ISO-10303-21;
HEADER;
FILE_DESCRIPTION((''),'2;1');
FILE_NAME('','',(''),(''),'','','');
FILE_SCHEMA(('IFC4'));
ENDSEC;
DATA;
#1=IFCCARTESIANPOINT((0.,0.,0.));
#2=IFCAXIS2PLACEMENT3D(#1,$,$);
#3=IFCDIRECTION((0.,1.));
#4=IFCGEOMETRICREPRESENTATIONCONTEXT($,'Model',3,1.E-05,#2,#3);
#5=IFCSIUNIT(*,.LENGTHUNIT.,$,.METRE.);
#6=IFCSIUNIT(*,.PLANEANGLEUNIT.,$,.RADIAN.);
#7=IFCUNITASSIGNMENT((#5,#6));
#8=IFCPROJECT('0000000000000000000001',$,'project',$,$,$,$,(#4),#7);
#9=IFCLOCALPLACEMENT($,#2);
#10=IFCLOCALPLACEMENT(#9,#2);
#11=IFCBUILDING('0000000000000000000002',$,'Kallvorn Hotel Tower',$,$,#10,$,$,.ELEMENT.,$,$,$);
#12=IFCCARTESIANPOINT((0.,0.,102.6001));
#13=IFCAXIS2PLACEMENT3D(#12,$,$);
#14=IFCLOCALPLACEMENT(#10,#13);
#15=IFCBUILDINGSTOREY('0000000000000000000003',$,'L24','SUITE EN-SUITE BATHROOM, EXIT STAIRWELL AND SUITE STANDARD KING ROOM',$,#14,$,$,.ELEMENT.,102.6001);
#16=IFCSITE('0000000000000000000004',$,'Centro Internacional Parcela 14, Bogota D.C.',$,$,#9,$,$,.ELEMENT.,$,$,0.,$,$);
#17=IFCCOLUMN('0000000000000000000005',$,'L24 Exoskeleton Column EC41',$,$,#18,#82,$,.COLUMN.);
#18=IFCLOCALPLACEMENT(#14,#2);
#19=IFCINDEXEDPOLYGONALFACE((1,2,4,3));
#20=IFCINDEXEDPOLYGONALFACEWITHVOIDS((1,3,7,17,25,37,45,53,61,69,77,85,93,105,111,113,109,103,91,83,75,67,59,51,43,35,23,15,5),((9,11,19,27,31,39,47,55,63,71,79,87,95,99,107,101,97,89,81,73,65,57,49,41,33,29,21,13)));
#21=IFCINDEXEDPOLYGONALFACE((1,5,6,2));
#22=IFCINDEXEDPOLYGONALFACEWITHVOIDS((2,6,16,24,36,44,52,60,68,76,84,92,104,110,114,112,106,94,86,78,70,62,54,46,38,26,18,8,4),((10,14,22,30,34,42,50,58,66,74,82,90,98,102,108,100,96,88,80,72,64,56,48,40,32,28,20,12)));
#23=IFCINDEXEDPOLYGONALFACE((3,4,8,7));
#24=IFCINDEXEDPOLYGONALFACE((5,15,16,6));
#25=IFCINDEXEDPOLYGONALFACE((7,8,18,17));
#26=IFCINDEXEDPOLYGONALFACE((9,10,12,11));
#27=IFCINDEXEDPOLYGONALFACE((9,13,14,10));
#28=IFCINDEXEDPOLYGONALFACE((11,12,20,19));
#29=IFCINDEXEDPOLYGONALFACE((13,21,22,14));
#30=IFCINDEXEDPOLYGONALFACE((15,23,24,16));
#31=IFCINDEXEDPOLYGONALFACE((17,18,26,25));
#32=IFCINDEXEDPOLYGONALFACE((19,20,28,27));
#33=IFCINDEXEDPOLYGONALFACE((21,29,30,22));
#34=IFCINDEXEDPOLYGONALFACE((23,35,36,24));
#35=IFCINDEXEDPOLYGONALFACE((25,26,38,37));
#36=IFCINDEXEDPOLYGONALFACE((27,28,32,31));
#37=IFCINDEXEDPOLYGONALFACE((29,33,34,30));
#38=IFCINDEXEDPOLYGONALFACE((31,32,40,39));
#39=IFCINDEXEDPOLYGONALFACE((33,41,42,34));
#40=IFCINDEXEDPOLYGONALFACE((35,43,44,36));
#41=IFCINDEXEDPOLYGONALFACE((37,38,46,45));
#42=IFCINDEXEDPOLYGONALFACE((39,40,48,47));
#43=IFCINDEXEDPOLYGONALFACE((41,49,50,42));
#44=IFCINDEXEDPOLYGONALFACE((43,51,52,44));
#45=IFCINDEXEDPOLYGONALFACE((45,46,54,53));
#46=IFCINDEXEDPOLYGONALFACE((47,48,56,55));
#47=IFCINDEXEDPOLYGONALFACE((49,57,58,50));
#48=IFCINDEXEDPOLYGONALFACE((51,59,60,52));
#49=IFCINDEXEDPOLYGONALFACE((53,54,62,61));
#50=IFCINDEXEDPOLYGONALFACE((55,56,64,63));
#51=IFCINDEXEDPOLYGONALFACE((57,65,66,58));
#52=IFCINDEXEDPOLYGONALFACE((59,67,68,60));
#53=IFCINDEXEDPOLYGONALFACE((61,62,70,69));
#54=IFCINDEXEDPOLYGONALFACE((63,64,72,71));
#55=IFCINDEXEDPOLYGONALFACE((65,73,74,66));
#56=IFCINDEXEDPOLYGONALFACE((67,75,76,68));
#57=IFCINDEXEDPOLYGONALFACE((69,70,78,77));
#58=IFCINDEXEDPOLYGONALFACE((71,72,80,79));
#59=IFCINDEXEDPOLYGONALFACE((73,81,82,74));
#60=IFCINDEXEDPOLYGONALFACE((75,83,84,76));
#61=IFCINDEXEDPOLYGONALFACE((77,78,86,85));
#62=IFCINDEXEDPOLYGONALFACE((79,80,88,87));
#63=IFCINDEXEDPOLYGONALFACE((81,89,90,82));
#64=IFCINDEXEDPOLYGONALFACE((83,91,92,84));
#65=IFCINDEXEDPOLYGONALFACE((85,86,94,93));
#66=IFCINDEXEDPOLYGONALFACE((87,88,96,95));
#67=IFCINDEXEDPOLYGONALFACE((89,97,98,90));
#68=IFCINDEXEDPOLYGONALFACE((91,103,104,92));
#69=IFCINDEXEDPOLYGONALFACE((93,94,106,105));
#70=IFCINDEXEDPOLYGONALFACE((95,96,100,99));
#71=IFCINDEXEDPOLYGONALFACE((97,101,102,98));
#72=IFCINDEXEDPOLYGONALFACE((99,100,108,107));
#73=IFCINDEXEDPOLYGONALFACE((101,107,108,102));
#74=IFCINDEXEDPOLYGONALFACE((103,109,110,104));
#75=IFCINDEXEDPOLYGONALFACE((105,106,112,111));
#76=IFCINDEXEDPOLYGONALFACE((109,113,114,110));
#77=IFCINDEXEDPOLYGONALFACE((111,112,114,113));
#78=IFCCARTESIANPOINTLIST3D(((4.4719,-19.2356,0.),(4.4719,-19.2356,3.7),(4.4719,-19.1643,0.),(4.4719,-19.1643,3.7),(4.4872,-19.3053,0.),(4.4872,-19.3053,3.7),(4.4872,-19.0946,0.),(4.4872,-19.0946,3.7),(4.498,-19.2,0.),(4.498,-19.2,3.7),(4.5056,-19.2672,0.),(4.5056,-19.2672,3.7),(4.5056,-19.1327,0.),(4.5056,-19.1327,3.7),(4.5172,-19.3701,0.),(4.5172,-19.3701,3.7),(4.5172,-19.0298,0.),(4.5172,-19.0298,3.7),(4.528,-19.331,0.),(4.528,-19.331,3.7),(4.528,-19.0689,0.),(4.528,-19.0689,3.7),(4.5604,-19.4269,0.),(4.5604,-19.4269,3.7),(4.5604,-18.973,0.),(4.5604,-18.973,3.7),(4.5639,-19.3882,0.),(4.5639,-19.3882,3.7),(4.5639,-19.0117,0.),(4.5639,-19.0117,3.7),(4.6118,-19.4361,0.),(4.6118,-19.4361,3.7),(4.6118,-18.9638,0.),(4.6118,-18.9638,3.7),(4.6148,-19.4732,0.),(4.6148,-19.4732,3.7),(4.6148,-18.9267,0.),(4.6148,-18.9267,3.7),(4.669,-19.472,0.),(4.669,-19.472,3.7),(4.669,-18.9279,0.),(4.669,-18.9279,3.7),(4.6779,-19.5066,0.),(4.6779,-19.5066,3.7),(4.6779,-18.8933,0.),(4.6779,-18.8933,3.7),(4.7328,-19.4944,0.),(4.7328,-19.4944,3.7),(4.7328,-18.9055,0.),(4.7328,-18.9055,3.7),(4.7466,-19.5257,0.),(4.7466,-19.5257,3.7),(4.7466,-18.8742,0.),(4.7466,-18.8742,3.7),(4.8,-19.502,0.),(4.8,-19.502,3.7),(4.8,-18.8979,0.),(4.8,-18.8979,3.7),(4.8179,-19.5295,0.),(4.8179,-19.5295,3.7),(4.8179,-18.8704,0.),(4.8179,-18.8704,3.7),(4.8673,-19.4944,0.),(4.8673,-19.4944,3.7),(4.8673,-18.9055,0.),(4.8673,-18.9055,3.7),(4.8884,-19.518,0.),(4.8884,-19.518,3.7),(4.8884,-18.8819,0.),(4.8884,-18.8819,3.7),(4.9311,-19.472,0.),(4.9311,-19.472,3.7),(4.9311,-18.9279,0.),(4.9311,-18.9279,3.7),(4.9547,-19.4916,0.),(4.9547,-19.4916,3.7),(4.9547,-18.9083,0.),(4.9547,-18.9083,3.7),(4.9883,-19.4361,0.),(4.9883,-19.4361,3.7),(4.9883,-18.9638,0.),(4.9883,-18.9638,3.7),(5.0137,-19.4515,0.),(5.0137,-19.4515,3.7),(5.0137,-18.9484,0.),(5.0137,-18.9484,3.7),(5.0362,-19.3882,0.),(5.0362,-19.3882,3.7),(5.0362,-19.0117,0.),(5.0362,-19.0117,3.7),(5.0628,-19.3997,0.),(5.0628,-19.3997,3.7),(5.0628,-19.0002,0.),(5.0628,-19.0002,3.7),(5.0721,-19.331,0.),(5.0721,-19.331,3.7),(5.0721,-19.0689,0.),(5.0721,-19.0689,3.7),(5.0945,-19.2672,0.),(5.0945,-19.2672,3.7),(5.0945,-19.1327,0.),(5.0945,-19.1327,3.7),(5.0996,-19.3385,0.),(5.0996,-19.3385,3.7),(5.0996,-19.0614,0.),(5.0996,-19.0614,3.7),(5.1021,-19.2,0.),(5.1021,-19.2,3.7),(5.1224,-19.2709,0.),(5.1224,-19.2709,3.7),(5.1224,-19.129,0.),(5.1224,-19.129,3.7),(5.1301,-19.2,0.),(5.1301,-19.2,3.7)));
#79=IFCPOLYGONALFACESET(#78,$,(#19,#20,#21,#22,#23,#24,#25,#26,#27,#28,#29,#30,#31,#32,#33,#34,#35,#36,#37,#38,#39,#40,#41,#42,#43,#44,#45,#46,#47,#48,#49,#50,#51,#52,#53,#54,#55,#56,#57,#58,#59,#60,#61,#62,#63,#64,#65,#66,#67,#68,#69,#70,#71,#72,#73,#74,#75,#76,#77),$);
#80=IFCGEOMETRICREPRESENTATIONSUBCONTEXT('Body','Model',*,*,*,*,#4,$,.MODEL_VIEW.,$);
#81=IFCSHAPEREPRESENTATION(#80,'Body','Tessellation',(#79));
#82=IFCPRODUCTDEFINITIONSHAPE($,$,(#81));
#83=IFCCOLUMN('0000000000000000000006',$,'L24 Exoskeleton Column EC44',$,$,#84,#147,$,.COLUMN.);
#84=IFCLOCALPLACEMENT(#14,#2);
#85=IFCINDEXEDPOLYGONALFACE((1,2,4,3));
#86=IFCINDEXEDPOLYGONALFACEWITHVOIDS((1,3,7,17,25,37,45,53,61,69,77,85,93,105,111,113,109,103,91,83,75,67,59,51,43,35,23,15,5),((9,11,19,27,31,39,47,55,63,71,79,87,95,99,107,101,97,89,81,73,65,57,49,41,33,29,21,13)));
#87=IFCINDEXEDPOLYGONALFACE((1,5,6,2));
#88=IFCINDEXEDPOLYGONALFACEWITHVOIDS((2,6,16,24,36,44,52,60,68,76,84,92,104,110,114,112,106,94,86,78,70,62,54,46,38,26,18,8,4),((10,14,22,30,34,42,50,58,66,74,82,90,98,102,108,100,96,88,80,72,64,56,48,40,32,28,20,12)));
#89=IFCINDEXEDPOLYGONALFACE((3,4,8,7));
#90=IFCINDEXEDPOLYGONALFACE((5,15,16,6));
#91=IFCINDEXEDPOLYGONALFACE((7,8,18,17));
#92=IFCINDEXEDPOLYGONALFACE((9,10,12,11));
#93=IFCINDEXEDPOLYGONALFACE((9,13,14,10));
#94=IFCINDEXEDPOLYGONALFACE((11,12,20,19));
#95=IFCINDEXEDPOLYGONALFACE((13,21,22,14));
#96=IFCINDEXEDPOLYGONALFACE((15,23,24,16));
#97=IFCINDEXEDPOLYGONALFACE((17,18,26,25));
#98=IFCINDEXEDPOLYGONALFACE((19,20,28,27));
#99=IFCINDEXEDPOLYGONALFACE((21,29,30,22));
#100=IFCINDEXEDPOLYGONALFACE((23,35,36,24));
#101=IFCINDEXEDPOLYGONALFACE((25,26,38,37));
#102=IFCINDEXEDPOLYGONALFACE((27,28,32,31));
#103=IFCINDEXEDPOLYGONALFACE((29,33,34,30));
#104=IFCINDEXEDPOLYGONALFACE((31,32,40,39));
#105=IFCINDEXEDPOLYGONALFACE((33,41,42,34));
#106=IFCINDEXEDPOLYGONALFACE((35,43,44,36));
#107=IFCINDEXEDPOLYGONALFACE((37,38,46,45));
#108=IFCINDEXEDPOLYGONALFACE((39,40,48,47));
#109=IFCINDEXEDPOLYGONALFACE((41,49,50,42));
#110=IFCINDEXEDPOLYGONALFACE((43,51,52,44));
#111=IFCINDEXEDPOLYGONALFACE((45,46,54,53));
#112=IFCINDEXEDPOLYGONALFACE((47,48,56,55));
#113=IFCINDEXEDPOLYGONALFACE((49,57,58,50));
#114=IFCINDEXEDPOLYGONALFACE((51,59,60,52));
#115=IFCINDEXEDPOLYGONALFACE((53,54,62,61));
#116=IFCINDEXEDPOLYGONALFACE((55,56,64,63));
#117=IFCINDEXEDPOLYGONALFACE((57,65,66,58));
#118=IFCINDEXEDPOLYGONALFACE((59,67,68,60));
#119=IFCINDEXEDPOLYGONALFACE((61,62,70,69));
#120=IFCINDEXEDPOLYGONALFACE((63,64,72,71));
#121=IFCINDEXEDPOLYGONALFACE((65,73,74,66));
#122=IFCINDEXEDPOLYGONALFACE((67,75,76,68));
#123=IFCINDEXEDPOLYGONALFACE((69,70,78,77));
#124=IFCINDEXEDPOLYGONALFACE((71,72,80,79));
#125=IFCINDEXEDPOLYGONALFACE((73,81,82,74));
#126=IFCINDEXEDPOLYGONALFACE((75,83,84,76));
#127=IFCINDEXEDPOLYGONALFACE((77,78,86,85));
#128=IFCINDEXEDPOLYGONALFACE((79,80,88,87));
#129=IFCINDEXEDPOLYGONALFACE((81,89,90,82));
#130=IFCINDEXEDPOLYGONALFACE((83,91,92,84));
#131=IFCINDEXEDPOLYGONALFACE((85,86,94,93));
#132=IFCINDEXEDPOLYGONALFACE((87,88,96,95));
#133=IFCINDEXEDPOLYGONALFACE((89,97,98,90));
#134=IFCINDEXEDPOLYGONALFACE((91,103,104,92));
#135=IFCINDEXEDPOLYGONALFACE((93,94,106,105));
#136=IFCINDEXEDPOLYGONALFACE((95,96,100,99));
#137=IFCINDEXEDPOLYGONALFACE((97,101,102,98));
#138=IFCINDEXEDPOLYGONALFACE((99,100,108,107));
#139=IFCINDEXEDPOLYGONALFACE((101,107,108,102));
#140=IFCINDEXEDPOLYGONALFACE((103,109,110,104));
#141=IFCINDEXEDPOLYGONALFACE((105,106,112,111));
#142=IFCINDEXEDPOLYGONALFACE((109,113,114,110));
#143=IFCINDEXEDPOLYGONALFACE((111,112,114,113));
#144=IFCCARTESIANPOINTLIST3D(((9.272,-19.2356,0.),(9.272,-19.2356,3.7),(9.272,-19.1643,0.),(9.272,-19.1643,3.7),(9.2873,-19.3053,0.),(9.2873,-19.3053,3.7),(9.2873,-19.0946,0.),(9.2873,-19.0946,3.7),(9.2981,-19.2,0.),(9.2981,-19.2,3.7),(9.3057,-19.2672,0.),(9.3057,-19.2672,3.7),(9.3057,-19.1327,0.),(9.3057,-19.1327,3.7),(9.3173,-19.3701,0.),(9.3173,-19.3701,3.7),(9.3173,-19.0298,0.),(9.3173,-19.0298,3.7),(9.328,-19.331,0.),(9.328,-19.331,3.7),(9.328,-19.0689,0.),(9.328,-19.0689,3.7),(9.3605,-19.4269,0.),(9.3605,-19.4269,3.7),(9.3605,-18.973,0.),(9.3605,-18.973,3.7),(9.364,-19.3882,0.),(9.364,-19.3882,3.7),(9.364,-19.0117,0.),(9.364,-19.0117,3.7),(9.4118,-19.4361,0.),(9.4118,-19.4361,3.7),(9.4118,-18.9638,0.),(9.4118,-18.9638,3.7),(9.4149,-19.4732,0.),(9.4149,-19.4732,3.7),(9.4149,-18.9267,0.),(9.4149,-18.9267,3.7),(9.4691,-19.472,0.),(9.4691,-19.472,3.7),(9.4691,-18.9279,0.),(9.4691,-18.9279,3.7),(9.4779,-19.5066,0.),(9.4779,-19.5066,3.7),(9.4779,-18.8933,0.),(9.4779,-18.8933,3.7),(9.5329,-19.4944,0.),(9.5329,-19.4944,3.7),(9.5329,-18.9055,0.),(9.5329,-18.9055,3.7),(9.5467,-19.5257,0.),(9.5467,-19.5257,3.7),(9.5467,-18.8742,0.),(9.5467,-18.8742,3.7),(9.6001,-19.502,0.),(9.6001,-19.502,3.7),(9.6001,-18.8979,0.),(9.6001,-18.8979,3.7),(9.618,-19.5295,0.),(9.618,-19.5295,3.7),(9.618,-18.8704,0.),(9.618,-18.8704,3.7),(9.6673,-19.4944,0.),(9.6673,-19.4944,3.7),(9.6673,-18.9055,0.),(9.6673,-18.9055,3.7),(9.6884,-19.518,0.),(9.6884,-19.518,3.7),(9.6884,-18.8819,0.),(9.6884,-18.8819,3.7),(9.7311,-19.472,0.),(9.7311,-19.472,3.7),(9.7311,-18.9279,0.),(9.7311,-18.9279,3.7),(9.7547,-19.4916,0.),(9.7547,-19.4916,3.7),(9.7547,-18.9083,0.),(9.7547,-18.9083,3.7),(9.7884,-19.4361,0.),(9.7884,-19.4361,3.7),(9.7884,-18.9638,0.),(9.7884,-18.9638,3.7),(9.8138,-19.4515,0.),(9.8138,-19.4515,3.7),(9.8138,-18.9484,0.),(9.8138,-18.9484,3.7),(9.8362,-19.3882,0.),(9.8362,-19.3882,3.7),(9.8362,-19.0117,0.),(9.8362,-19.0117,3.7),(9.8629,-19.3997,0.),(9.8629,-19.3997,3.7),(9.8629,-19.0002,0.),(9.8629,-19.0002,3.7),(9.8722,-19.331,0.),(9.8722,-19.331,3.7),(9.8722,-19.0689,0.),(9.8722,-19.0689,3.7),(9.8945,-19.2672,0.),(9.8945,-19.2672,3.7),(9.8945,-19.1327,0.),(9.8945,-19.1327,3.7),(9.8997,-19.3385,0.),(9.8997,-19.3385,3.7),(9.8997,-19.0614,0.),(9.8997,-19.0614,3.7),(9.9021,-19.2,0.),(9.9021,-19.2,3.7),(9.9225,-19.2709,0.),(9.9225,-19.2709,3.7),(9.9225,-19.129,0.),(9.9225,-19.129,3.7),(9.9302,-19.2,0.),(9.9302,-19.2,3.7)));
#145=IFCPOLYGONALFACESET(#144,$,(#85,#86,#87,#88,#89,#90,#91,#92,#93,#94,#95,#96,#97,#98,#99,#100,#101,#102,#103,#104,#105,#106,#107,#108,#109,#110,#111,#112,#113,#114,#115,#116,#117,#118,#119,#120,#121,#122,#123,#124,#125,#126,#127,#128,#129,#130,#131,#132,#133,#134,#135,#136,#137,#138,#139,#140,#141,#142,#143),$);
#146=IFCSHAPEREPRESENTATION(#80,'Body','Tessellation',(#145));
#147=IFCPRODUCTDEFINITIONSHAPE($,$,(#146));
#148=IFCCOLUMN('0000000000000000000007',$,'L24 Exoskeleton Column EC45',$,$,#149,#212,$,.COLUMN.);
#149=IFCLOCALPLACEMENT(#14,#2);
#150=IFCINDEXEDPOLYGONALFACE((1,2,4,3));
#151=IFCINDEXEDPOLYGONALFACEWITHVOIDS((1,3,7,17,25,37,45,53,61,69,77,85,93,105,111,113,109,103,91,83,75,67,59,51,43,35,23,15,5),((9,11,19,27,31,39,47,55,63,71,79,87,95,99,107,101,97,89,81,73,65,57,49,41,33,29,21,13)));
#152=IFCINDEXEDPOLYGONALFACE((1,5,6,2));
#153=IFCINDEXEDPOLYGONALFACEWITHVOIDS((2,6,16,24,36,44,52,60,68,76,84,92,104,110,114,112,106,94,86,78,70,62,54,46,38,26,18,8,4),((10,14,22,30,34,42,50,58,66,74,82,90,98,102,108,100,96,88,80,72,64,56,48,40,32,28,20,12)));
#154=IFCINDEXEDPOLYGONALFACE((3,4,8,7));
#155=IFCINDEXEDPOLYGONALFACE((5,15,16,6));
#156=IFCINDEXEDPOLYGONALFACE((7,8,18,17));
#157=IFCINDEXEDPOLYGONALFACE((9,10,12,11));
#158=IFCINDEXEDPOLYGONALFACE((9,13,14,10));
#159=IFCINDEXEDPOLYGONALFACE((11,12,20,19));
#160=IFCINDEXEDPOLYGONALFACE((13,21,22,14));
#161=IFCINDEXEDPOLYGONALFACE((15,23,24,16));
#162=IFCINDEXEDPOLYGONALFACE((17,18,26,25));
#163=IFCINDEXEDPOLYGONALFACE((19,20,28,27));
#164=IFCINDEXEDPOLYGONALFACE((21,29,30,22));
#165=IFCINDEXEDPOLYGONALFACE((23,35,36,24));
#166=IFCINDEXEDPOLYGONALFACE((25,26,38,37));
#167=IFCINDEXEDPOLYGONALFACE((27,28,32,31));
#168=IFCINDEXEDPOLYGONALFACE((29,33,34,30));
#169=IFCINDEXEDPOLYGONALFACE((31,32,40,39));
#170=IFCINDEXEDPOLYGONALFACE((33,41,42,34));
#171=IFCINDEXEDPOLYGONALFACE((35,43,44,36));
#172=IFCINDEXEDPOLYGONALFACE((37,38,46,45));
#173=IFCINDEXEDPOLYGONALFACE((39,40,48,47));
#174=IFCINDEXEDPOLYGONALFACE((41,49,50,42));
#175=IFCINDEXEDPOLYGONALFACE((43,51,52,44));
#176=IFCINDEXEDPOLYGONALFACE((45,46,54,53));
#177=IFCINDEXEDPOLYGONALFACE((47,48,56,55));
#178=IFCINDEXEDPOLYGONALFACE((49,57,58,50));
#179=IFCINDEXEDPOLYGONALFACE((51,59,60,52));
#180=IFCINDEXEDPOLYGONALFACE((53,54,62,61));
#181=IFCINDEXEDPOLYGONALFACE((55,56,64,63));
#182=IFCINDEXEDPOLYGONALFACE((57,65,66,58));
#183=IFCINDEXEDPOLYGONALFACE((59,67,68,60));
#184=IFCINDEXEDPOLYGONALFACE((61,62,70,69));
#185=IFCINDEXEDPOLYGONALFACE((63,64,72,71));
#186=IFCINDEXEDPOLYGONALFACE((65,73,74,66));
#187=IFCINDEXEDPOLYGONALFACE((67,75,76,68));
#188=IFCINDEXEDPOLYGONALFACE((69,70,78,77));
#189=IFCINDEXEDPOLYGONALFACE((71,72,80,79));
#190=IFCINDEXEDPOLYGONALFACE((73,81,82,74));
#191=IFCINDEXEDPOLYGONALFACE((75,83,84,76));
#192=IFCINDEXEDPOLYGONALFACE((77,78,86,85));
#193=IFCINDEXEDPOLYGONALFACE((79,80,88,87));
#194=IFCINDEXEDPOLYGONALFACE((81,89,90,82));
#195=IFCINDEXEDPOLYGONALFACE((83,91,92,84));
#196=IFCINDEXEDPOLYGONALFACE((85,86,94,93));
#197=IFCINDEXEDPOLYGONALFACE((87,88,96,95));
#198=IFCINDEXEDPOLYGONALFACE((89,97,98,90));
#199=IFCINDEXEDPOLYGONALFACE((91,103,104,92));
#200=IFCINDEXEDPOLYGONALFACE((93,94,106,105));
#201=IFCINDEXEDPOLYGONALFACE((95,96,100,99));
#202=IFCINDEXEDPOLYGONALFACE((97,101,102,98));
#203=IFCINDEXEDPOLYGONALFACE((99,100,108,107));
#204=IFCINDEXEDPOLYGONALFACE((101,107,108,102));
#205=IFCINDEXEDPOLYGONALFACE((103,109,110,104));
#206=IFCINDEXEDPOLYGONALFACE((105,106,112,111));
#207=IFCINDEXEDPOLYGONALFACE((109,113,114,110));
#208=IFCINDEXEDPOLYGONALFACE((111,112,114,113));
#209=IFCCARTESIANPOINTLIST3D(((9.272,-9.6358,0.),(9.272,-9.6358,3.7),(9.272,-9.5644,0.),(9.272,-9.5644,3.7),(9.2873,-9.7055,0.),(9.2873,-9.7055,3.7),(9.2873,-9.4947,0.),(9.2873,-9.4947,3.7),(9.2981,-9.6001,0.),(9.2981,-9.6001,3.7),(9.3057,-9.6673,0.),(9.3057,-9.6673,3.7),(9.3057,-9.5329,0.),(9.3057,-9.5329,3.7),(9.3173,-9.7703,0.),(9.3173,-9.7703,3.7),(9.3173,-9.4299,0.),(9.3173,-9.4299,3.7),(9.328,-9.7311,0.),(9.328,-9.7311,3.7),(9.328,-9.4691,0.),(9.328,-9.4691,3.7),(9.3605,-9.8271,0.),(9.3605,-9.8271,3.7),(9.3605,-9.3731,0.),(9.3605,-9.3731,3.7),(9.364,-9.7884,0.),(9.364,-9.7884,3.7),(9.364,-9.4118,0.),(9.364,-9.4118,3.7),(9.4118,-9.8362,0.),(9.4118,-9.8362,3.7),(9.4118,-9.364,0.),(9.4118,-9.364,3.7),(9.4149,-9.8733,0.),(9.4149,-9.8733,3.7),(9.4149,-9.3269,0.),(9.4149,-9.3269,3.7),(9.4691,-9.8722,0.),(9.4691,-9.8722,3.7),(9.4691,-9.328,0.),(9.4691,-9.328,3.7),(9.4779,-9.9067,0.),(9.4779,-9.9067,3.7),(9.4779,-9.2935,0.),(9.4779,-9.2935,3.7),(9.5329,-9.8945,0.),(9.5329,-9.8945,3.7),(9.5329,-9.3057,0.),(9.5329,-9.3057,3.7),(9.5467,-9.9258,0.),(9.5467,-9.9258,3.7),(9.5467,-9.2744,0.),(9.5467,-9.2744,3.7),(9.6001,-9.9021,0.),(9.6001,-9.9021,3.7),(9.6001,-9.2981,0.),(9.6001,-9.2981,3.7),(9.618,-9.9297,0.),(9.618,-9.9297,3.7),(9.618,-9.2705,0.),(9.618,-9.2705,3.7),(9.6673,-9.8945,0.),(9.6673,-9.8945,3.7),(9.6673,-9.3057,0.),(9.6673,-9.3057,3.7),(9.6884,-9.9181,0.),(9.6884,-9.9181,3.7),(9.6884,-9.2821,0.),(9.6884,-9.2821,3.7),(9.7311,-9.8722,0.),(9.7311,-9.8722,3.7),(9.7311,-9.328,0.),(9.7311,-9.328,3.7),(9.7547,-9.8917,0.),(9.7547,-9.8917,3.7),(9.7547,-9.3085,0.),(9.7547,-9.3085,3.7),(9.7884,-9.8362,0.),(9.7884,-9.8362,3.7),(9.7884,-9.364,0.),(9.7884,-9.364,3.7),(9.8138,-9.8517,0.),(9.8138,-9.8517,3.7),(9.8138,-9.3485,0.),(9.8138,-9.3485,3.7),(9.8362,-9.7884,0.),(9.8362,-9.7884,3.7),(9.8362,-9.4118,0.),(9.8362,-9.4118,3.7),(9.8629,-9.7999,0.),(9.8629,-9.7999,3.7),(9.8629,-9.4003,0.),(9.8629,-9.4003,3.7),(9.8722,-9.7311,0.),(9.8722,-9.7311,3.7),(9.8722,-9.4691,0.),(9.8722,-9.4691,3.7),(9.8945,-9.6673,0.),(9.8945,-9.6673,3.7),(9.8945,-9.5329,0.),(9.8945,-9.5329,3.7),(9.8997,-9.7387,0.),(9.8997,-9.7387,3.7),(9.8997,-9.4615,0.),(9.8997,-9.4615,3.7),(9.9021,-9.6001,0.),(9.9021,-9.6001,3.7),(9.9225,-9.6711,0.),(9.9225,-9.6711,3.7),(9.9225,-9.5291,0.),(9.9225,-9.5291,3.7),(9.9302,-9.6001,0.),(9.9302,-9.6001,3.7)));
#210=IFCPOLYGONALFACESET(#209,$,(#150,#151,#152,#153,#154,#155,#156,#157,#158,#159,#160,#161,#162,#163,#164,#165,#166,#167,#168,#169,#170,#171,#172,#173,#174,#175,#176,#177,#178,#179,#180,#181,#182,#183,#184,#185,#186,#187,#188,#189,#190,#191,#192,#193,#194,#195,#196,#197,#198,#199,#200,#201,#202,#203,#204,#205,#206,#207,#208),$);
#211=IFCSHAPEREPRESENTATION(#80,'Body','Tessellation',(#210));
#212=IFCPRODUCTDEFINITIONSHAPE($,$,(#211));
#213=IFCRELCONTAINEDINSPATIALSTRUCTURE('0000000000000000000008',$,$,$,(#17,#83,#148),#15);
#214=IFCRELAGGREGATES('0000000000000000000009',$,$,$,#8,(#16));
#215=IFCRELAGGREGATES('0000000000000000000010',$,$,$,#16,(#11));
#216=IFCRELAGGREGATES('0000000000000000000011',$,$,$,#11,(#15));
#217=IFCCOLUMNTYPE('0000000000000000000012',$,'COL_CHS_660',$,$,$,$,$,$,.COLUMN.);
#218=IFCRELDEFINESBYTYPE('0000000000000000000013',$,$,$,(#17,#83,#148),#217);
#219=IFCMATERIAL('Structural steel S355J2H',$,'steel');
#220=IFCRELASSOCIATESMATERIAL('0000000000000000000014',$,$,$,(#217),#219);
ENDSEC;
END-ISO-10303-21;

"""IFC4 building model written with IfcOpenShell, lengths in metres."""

from ifc_helpers import new_model, si_unit, direction, frame, origin, origin_2d, place, context, subcontext, project, spatial, hollow_circle, extrude, material, material_profile, profile_set, type_object, element, save


model = new_model("IFC4")

# Units and contexts
model_context = context("Model", 3, precision=1e-05, world=origin(), true_north=direction((0.0, 1.0)))
body_context = subcontext(model_context, "Body", "Model", "MODEL_VIEW")
ifc_project = project(units=[si_unit("LENGTHUNIT", "METRE"), si_unit("PLANEANGLEUNIT", "RADIAN")], contexts=[model_context])

# Site, building, storey
site_placement = place(None, origin())
site = spatial("IfcSite", under=ifc_project, at=site_placement, Name="Centro Internacional Parcela 14, Bogota D.C.", CompositionType="ELEMENT", RefElevation=0.0)
building_placement = place(site_placement, origin())
building = spatial("IfcBuilding", under=site, at=building_placement, Name="Kallvorn Hotel Tower", CompositionType="ELEMENT")
storey_placement = place(building_placement, frame((0.0, 0.0, 102.6001)))
storey = spatial("IfcBuildingStorey", under=building, at=storey_placement, Name="L24", Description="SUITE EN-SUITE BATHROOM, EXIT STAIRWELL AND SUITE STANDARD KING ROOM", CompositionType="ELEMENT", Elevation=102.6001)

# Columns
ifc_material_1 = material(Name="Structural steel S355J2H", Category="steel")
ifc_material_profile_1 = material_profile(ifc_material_1, hollow_circle(Radius=0.3301, WallThickness=0.0281, at=origin_2d()), Name="CHS 660x28")
ifc_profile_set_1 = profile_set([ifc_material_profile_1], Name="Structural steel S355J2H")
column_type_1 = type_object("IfcColumnType", Name="COL_CHS_660", PredefinedType="COLUMN", material=ifc_profile_set_1)
for number, where, z_axis, x_axis, name in (
    (1, (4.8, -19.2, 0.0), (0.0, 0.0, 1.0), (1.0, 0.0, 0.0), "L24 Exoskeleton Column EC41"),
    (2, (9.6001, -19.2, 0.0), (0.0, 0.0, 1.0), (1.0, 0.0, 0.0), "L24 Exoskeleton Column EC44"),
    (3, (9.6001, -9.6001, 0.0), (0.0, 0.0, 1.0), (1.0, 0.0, 0.0), "L24 Exoskeleton Column EC45"),
):
    element("IfcColumn", number, at=place(storey_placement, frame(where, z_axis=z_axis, x_axis=x_axis)), inside=storey, type_object=column_type_1, Name=name, PredefinedType="COLUMN", context=body_context, shape_type="SweptSolid", body=[
        extrude(hollow_circle(Radius=0.3301, WallThickness=0.0281, at=origin_2d()), origin(), (0.0, 0.0, 1.0), 3.7),
    ])

save(model, "model.ifc")
